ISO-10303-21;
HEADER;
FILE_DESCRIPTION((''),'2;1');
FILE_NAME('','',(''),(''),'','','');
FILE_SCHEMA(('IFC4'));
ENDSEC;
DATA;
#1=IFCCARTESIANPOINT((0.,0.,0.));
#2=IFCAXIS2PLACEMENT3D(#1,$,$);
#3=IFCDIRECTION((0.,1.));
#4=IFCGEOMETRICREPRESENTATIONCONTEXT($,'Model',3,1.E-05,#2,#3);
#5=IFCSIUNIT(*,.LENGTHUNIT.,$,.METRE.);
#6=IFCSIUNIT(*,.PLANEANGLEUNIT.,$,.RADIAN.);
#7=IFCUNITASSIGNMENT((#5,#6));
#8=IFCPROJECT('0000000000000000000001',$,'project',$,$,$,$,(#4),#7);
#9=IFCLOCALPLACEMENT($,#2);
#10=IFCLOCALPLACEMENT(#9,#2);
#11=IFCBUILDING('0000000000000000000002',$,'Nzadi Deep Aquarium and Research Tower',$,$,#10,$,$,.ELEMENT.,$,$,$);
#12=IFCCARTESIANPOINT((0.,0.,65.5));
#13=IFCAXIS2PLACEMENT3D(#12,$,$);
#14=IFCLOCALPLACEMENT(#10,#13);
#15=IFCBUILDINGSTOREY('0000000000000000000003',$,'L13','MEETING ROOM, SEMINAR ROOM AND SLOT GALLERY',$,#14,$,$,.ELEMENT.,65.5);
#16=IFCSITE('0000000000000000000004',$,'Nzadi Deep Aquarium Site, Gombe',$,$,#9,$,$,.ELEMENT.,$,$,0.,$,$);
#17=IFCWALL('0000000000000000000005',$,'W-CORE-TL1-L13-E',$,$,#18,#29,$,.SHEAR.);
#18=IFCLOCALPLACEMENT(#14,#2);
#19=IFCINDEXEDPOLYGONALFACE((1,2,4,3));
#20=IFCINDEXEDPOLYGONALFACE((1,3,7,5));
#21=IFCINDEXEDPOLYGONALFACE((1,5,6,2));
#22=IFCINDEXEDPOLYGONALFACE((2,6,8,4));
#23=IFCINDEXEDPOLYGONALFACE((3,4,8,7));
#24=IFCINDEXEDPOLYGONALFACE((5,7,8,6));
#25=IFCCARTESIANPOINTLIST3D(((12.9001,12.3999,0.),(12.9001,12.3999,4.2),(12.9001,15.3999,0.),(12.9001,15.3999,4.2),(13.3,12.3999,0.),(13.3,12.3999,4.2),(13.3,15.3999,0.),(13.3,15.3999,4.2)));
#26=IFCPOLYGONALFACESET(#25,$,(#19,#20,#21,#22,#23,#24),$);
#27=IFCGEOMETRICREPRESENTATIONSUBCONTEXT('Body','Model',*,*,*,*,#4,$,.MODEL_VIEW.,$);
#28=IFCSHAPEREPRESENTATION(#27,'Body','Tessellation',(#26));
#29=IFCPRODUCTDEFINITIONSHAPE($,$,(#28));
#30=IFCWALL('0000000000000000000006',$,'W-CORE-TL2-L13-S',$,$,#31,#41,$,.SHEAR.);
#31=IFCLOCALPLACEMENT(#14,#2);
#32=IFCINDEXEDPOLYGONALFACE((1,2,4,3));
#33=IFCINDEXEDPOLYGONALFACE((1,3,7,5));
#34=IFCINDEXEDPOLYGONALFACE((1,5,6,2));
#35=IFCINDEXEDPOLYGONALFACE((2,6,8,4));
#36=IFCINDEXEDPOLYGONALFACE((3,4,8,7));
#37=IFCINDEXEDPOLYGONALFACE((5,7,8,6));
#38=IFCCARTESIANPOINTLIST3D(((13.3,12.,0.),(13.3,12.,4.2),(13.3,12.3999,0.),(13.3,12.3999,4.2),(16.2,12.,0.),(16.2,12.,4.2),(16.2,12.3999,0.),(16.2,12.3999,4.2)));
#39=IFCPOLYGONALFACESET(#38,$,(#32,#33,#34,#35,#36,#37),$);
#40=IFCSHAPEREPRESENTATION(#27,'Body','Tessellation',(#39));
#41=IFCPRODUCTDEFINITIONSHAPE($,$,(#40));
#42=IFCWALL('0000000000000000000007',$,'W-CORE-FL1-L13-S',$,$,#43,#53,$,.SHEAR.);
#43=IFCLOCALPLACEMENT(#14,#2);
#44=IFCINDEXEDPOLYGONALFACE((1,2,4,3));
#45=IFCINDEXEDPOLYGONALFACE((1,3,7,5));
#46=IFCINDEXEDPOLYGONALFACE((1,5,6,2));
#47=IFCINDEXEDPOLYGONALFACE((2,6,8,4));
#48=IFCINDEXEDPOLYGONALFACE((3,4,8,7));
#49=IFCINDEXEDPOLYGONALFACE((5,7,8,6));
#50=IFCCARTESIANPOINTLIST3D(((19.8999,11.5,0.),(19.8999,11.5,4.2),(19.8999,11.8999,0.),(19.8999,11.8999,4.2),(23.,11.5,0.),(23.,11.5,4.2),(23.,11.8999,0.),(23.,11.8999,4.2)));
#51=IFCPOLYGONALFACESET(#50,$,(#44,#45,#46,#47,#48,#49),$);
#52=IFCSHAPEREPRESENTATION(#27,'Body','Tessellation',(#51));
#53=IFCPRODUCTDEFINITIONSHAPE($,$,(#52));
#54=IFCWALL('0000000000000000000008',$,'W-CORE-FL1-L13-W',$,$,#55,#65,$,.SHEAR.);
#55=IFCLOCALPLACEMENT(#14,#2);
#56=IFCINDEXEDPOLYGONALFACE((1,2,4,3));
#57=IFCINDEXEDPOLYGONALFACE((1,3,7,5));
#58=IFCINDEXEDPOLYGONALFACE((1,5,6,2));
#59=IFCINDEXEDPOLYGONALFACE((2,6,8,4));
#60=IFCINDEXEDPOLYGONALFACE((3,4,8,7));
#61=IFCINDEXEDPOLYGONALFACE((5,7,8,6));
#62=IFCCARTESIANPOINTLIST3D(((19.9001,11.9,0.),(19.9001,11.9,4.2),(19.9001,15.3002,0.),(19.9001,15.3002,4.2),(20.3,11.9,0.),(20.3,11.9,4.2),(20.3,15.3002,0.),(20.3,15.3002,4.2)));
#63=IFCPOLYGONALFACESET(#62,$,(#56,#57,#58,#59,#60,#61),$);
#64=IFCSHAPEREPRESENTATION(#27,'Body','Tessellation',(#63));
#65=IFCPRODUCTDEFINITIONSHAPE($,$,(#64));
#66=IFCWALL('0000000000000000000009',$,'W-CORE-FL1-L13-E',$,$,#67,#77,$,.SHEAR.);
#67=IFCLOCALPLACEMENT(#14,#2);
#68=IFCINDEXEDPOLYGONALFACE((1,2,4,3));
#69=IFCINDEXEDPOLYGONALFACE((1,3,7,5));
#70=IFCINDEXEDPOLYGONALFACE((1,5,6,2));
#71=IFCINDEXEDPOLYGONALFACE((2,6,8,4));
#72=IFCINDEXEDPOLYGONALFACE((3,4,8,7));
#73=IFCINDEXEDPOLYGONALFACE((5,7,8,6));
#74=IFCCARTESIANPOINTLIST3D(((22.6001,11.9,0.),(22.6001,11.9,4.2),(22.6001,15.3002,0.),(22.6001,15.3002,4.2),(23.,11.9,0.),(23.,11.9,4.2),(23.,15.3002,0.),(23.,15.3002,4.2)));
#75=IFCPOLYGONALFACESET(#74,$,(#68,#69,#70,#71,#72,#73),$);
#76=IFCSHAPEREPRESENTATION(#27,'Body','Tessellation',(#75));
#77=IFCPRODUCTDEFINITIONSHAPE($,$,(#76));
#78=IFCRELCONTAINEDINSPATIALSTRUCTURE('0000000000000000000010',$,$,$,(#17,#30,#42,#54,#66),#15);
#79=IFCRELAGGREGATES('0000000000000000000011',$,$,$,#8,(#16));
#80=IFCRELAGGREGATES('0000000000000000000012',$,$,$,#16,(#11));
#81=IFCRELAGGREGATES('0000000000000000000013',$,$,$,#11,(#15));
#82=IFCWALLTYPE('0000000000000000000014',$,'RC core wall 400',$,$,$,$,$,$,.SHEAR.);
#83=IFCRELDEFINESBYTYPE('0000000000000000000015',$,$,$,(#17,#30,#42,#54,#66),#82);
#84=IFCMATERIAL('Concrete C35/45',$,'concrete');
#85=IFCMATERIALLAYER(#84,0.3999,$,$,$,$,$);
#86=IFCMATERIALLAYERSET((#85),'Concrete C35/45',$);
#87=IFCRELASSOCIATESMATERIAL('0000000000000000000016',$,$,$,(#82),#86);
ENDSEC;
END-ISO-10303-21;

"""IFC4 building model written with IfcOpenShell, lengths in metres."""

from ifc_helpers import new_model, si_unit, direction, frame, frame_2d, origin, place, context, subcontext, project, spatial, rectangle, extrude, material, layer, layer_set, type_object, element, save


model = new_model("IFC4")

# Units and contexts
model_context = context("Model", 3, precision=1e-05, world=origin(), true_north=direction((0.0, 1.0)))
body_context = subcontext(model_context, "Body", "Model", "MODEL_VIEW")
ifc_project = project(units=[si_unit("LENGTHUNIT", "METRE"), si_unit("PLANEANGLEUNIT", "RADIAN")], contexts=[model_context])

# Site, building, storey
site_placement = place(None, origin())
site = spatial("IfcSite", under=ifc_project, at=site_placement, Name="Nzadi Deep Aquarium Site, Gombe", CompositionType="ELEMENT", RefElevation=0.0)
building_placement = place(site_placement, origin())
building = spatial("IfcBuilding", under=site, at=building_placement, Name="Nzadi Deep Aquarium and Research Tower", CompositionType="ELEMENT")
storey_placement = place(building_placement, frame((0.0, 0.0, 65.5)))
storey = spatial("IfcBuildingStorey", under=building, at=storey_placement, Name="L13", Description="MEETING ROOM, SEMINAR ROOM AND SLOT GALLERY", CompositionType="ELEMENT", Elevation=65.5)

# Shared definitions
ifc_material_1 = material(Name="Concrete C35/45", Category="concrete")
ifc_layer_1 = layer(ifc_material_1, 0.3999)
ifc_layer_set_1 = layer_set([ifc_layer_1], Name="Concrete C35/45")
wall_type_1 = type_object("IfcWallType", Name="RC core wall 400", PredefinedType="SHEAR", material=ifc_layer_set_1)

# Walls
for number, where, z_axis, x_axis, name in (
    (1, (13.1001, 12.3999, 0.0), (0.0, 0.0, 1.0), (0.0, 1.0, 0.0), "W-CORE-TL1-L13-E"),
):
    element("IfcWall", number, at=place(storey_placement, frame(where, z_axis=z_axis, x_axis=x_axis)), inside=storey, type_object=wall_type_1, Name=name, PredefinedType="SHEAR", context=body_context, shape_type="SweptSolid", body=[
        extrude(rectangle(XDim=3.0, YDim=0.3999, at=frame_2d((1.5, 0.0))), origin(), (0.0, 0.0, 1.0), 4.2),
    ])
wall_1_placement = place(storey_placement, frame((13.3, 12.2, 0.0), z_axis=(0.0, 0.0, 1.0), x_axis=(1.0, 0.0, 0.0)))
element("IfcWall", 2, at=wall_1_placement, inside=storey, type_object=wall_type_1, Name="W-CORE-TL2-L13-S", PredefinedType="SHEAR", context=body_context, shape_type="SweptSolid", body=[
    extrude(rectangle(XDim=2.8999, YDim=0.3999, at=frame_2d((1.45, 0.0))), origin(), (0.0, 0.0, 1.0), 4.2),
])
wall_2_placement = place(storey_placement, frame((19.8999, 11.7, 0.0), z_axis=(0.0, 0.0, 1.0), x_axis=(1.0, 0.0, 0.0)))
element("IfcWall", 3, at=wall_2_placement, inside=storey, type_object=wall_type_1, Name="W-CORE-FL1-L13-S", PredefinedType="SHEAR", context=body_context, shape_type="SweptSolid", body=[
    extrude(rectangle(XDim=3.1001, YDim=0.3999, at=frame_2d((1.55, 0.0))), origin(), (0.0, 0.0, 1.0), 4.2),
])
for number, where, z_axis, x_axis, name in (
    (4, (20.1001, 11.8999, 0.0), (0.0, 0.0, 1.0), (0.0, 1.0, 0.0), "W-CORE-FL1-L13-W"),
    (5, (22.8, 11.8999, 0.0), (0.0, 0.0, 1.0), (0.0, 1.0, 0.0), "W-CORE-FL1-L13-E"),
):
    element("IfcWall", number, at=place(storey_placement, frame(where, z_axis=z_axis, x_axis=x_axis)), inside=storey, type_object=wall_type_1, Name=name, PredefinedType="SHEAR", context=body_context, shape_type="SweptSolid", body=[
        extrude(rectangle(XDim=3.4001, YDim=0.3999, at=frame_2d((1.7002, 0.0))), origin(), (0.0, 0.0, 1.0), 4.2),
    ])

save(model, "model.ifc")
